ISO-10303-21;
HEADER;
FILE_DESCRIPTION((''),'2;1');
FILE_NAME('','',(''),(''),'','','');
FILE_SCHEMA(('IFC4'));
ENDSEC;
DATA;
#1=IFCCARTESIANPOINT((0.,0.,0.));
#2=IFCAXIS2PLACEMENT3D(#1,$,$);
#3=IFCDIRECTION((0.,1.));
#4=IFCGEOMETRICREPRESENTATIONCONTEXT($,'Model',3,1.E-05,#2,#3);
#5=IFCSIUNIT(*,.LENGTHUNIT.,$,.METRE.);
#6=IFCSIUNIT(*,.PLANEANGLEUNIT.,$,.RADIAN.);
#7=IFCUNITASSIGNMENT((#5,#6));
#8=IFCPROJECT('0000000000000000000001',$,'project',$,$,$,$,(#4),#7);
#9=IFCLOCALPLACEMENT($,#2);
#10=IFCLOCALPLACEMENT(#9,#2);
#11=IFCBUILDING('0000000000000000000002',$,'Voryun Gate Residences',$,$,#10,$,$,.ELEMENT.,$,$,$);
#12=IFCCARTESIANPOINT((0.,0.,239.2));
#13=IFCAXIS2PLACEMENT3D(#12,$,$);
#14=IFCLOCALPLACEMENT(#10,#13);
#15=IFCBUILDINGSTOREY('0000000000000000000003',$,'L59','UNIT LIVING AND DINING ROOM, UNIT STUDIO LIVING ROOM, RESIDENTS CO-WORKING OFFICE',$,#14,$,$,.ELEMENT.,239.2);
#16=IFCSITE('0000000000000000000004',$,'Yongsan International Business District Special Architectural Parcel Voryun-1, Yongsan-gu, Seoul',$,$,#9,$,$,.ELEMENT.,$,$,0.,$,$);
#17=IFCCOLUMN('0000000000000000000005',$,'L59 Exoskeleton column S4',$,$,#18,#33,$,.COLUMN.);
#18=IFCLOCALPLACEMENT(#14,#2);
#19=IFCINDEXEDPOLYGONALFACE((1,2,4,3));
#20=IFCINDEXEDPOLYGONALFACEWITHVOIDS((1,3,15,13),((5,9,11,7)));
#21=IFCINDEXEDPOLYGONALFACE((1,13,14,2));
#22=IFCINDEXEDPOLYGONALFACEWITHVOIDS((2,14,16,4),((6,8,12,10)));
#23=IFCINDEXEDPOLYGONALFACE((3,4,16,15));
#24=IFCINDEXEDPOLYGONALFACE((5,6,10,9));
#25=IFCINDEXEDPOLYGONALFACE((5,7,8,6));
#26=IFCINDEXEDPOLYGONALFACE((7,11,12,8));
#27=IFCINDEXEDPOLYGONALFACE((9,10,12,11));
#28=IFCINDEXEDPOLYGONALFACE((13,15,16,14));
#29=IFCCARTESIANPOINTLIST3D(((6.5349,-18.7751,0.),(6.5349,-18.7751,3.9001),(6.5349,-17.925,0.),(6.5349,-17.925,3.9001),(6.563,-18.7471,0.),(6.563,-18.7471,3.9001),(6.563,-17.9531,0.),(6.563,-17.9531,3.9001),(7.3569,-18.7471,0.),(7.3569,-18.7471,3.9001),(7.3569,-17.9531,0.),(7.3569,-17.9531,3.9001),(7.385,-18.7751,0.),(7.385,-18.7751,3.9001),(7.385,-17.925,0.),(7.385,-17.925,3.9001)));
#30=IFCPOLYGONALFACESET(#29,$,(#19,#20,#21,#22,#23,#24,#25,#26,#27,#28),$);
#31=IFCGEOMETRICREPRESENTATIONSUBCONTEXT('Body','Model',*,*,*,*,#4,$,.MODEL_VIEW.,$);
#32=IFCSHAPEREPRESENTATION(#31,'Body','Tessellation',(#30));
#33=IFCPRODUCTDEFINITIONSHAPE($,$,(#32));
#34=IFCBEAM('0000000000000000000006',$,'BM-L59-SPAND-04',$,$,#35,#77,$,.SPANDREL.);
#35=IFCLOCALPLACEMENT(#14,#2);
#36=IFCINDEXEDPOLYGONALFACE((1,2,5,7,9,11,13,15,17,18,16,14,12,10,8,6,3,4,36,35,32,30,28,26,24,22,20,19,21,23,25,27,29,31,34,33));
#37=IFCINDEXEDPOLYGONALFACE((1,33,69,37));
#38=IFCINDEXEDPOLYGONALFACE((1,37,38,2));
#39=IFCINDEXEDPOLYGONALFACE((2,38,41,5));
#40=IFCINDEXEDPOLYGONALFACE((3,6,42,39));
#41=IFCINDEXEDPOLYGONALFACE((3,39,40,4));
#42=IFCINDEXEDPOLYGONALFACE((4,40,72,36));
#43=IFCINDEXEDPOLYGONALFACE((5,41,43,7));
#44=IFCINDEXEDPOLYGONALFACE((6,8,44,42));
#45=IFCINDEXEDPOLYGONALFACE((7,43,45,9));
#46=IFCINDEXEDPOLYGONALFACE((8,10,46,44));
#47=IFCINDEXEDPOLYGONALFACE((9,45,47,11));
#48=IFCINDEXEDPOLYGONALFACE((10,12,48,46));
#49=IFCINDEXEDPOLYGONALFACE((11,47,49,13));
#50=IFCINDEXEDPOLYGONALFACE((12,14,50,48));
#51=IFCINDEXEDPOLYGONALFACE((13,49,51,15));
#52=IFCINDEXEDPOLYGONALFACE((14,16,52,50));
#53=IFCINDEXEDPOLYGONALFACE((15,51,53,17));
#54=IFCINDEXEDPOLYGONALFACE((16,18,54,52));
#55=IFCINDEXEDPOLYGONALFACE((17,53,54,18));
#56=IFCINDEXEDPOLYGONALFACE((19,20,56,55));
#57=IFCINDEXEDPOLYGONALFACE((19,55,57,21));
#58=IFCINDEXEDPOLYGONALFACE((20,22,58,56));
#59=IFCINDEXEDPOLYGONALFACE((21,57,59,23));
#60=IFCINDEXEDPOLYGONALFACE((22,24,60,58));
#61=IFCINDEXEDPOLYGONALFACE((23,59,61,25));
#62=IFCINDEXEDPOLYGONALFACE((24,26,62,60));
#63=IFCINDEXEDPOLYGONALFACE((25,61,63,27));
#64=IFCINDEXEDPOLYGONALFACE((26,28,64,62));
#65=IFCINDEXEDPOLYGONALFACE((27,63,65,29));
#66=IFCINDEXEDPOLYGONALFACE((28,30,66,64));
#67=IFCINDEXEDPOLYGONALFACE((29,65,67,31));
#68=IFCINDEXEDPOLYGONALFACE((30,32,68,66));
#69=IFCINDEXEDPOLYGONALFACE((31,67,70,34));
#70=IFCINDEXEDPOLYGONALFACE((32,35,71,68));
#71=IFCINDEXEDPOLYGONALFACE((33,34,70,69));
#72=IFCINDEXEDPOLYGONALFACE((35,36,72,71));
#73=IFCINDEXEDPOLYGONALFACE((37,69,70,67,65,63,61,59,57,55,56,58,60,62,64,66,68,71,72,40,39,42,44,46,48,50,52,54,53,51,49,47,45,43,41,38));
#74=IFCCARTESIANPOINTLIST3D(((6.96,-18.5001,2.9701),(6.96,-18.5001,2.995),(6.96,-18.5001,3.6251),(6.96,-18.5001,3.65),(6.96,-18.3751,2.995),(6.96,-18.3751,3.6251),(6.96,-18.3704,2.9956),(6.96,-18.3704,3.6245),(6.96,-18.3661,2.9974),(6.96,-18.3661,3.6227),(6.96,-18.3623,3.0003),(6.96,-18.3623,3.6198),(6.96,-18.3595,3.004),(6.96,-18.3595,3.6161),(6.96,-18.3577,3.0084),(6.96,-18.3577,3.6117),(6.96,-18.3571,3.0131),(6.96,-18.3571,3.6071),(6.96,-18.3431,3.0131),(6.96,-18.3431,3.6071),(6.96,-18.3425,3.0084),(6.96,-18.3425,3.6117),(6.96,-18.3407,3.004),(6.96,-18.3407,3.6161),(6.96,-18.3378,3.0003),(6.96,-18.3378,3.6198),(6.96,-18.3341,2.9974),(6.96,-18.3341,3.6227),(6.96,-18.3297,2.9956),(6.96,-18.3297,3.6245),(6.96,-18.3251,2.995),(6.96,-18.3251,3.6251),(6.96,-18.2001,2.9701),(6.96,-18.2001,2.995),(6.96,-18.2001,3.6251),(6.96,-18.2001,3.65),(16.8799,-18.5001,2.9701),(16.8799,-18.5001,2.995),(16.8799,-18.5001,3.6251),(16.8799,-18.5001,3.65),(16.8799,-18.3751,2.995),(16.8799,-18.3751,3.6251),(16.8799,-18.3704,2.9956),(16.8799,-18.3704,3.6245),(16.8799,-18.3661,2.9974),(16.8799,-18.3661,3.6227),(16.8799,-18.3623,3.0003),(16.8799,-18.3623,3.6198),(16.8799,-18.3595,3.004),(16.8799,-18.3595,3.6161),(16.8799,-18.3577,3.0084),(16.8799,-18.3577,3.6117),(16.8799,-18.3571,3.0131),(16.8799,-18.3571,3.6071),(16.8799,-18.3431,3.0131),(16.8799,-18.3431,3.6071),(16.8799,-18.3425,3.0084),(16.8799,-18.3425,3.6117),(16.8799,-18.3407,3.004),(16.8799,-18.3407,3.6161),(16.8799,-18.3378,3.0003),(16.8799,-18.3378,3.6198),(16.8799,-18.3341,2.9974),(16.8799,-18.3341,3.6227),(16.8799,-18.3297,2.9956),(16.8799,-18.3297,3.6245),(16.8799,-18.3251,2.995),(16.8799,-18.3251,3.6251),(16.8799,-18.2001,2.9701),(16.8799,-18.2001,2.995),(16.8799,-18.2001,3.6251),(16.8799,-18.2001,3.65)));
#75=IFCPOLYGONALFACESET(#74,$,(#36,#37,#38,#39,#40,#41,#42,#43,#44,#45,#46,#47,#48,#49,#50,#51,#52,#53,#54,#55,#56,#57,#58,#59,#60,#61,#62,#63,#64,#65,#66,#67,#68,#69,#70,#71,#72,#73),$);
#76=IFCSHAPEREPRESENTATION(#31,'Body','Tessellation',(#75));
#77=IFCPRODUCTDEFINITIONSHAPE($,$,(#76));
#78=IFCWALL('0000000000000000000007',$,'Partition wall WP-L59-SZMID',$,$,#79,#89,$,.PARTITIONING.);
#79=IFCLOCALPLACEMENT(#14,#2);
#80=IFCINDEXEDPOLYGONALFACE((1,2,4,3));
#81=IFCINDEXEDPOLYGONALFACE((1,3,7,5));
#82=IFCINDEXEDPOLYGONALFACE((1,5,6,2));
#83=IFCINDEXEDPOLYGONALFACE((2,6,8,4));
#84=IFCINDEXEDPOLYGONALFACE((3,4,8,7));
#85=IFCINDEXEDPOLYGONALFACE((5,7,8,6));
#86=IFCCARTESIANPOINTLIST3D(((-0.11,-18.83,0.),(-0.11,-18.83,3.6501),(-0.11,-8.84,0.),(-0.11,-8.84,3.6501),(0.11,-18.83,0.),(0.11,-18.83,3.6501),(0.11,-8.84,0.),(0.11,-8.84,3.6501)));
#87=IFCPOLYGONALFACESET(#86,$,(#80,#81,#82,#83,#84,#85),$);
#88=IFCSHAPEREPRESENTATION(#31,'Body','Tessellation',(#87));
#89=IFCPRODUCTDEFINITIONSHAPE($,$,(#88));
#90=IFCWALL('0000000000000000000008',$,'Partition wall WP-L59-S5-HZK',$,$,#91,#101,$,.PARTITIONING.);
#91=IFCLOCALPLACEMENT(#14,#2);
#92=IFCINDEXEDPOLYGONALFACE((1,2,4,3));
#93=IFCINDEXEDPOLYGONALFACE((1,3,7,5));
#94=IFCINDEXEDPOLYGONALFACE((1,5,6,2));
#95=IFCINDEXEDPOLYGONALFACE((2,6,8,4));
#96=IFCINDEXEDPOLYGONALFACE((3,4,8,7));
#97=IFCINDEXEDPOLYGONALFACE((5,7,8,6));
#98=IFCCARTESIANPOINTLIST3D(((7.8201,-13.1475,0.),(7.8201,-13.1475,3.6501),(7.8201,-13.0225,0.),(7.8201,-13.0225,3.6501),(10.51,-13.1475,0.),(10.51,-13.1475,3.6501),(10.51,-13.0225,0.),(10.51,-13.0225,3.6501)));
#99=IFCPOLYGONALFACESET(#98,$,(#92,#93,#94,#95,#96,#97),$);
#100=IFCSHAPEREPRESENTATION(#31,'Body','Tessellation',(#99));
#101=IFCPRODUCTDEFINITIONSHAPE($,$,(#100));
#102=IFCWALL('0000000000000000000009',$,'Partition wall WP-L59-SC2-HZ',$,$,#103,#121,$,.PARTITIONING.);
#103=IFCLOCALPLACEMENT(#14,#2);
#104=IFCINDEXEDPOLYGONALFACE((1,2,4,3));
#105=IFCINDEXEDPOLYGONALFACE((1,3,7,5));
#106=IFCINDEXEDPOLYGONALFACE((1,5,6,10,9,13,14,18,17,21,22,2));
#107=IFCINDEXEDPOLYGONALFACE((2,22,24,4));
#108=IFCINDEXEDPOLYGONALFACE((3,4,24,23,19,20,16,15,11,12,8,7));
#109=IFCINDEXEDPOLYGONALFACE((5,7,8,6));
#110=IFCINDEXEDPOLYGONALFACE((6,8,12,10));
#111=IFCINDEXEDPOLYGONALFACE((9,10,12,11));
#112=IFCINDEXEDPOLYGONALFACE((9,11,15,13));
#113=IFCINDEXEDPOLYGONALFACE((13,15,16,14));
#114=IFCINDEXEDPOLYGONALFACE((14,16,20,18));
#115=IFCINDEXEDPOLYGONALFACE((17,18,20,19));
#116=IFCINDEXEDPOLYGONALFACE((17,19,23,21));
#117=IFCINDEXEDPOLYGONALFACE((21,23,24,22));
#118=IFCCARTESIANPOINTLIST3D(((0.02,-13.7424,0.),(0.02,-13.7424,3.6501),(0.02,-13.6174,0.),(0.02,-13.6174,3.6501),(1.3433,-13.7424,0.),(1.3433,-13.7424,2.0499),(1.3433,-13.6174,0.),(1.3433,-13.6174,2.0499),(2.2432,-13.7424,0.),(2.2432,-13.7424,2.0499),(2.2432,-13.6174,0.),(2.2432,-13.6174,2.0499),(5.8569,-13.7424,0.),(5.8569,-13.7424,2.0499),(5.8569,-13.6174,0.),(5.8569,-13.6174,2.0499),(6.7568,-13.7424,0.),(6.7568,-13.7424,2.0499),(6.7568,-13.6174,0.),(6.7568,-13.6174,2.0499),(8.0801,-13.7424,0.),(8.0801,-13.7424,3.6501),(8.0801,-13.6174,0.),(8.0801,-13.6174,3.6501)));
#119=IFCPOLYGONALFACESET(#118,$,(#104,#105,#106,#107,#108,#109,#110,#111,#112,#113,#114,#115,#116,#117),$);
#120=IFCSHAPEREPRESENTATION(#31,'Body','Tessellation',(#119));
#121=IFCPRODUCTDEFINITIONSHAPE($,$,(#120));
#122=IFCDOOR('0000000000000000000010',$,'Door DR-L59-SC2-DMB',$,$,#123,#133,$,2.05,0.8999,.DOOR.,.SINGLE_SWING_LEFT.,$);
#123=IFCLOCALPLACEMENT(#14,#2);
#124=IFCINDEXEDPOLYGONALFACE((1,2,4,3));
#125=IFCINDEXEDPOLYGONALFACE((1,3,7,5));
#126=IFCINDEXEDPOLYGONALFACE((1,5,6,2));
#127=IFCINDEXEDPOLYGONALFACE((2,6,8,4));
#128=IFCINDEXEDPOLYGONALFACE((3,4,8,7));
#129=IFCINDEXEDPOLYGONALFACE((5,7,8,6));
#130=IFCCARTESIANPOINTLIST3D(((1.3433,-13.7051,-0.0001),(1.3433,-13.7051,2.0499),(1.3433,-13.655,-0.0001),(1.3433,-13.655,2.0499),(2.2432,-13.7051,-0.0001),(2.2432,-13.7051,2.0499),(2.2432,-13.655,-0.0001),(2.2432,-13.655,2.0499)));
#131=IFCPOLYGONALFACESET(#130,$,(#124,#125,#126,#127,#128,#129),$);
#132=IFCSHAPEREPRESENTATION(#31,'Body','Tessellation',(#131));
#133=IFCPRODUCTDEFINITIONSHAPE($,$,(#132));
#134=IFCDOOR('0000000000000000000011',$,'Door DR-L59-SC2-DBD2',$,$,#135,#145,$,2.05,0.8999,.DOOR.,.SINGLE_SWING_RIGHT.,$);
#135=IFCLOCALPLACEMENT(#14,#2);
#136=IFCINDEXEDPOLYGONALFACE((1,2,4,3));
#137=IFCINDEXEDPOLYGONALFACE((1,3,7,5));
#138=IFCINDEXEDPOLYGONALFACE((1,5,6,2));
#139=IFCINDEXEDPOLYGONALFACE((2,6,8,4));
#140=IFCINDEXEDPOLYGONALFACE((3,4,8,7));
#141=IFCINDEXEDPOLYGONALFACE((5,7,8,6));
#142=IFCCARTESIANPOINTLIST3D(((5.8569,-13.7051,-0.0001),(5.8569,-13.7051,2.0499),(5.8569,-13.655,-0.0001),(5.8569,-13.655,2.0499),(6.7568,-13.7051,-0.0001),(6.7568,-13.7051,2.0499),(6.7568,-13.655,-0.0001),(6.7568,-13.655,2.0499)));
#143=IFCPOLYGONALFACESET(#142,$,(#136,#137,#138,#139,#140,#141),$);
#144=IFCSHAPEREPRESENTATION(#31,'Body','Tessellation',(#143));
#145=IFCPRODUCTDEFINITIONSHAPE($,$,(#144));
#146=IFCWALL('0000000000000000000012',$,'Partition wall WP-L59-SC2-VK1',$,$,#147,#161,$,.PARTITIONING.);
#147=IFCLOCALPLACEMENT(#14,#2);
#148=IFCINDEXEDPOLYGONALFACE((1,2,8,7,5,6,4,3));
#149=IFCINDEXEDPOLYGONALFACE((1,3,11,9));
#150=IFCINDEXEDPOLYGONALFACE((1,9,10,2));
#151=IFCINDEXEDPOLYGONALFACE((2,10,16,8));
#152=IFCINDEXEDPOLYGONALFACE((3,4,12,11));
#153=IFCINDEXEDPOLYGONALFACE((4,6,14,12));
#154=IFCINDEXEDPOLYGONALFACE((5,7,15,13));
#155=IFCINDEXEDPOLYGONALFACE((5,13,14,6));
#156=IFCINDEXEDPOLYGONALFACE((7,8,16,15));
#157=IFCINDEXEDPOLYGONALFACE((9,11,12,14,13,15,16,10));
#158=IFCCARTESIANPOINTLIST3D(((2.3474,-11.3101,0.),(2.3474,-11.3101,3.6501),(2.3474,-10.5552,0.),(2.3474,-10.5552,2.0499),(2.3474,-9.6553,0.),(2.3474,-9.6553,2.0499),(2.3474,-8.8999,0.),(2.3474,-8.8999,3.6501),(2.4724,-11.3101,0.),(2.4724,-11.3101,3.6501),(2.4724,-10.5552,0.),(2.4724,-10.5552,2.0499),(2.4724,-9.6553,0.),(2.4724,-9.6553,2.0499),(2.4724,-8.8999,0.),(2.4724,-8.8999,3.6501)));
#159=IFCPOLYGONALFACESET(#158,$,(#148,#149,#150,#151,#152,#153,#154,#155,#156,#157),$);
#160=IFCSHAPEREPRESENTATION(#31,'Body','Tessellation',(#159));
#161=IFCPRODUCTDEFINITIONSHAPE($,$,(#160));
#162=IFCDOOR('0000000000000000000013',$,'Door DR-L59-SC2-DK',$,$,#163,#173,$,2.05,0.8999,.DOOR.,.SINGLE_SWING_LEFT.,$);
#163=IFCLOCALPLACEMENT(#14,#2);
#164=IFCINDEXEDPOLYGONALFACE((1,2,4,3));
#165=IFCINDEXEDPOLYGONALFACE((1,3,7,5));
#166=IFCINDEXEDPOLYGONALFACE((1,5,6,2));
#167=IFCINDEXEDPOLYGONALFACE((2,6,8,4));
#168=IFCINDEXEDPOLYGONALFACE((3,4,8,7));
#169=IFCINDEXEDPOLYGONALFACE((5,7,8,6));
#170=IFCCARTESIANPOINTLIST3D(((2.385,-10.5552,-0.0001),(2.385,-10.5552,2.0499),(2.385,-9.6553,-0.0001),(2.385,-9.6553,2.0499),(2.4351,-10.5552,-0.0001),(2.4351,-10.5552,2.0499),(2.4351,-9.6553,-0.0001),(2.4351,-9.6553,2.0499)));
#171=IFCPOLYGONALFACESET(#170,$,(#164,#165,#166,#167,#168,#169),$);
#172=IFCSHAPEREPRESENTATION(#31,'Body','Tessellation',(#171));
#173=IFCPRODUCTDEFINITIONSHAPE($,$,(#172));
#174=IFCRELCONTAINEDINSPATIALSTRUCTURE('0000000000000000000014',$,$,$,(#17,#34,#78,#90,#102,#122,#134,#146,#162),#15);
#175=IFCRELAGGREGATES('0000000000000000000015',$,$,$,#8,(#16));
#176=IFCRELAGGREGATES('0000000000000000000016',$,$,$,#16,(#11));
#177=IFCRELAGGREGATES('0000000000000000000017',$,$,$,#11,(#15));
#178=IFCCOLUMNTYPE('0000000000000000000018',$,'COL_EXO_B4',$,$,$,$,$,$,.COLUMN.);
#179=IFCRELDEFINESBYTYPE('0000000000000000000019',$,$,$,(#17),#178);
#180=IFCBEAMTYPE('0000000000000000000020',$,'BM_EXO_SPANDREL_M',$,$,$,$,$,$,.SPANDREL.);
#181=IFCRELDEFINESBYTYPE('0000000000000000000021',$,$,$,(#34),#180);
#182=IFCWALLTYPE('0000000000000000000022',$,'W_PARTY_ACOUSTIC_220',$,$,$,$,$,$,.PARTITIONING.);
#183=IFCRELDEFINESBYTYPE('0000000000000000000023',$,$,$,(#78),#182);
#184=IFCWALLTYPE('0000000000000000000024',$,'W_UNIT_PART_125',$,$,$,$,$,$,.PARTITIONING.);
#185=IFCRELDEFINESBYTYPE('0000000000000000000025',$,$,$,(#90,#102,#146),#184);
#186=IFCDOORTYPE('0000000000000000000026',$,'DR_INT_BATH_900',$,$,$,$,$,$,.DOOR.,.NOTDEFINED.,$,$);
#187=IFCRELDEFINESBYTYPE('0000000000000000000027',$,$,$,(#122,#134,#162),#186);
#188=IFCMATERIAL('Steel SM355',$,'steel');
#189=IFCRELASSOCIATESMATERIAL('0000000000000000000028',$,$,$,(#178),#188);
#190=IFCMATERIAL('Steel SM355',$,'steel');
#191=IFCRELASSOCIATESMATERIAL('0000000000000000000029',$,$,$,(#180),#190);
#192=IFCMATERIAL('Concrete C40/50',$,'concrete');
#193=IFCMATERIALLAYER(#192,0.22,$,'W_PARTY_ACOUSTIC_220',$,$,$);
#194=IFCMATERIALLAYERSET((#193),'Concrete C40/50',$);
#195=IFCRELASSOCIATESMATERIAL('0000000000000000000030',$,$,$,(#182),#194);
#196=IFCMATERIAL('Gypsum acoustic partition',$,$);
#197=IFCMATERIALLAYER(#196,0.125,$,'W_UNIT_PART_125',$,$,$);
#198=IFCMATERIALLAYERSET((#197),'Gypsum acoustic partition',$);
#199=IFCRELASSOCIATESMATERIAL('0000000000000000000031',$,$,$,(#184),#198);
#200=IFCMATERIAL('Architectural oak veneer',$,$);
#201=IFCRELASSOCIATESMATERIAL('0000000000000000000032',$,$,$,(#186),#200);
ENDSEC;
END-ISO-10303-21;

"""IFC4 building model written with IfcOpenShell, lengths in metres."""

from ifc_helpers import new_model, si_unit, direction, frame, frame_2d, origin, origin_2d, place, context, subcontext, project, spatial, rectangle, hollow_rectangle, i_section, extrude, material, layer, layer_set, material_profile, profile_set, type_object, element, fill, save


model = new_model("IFC4")

# Units and contexts
model_context = context("Model", 3, precision=1e-05, world=origin(), true_north=direction((0.0, 1.0)))
body_context = subcontext(model_context, "Body", "Model", "MODEL_VIEW")
ifc_project = project(units=[si_unit("LENGTHUNIT", "METRE"), si_unit("PLANEANGLEUNIT", "RADIAN")], contexts=[model_context])

# Site, building, storey
site_placement = place(None, origin())
site = spatial("IfcSite", under=ifc_project, at=site_placement, Name="Yongsan International Business District Special Architectural Parcel Voryun-1, Yongsan-gu, Seoul", CompositionType="ELEMENT", RefElevation=0.0)
building_placement = place(site_placement, origin())
building = spatial("IfcBuilding", under=site, at=building_placement, Name="Voryun Gate Residences", CompositionType="ELEMENT")
storey_placement = place(building_placement, frame((0.0, 0.0, 239.2)))
storey = spatial("IfcBuildingStorey", under=building, at=storey_placement, Name="L59", Description="UNIT LIVING AND DINING ROOM, UNIT STUDIO LIVING ROOM, RESIDENTS CO-WORKING OFFICE", CompositionType="ELEMENT", Elevation=239.2)

# Column
ifc_material_1 = material(Name="Steel SM355", Category="steel")
ifc_material_profile_1 = material_profile(ifc_material_1, hollow_rectangle(XDim=0.8501, YDim=0.8501, WallThickness=0.0281, at=origin_2d()), Name="BOX-850x850x28")
ifc_profile_set_1 = profile_set([ifc_material_profile_1], Name="Steel SM355")
column_type = type_object("IfcColumnType", Name="COL_EXO_B4", PredefinedType="COLUMN", material=ifc_profile_set_1)
column_placement = place(storey_placement, frame((6.96, -18.3501, 0.0), z_axis=(0.0, 0.0, 1.0), x_axis=(1.0, 0.0, 0.0)))
element("IfcColumn", 1, at=column_placement, inside=storey, type_object=column_type, Name="L59 Exoskeleton column S4", PredefinedType="COLUMN", context=body_context, shape_type="SweptSolid", body=[
    extrude(hollow_rectangle(XDim=0.8501, YDim=0.8501, WallThickness=0.0281, at=origin_2d()), origin(), (0.0, 0.0, 1.0), 3.9001),
])

# Beam
ifc_material_2 = material(Name="Steel SM355", Category="steel")
ifc_material_profile_2 = material_profile(ifc_material_2, i_section(OverallWidth=0.3, OverallDepth=0.6799, WebThickness=0.0139, FlangeThickness=0.0249, FilletRadius=0.0181, at=origin_2d()), Name="H-680x300x14x25")
ifc_profile_set_2 = profile_set([ifc_material_profile_2], Name="Steel SM355")
beam_type = type_object("IfcBeamType", Name="BM_EXO_SPANDREL_M", PredefinedType="SPANDREL", material=ifc_profile_set_2)
beam_placement = place(storey_placement, frame((6.96, -18.3501, 3.3101), z_axis=(1.0, 0.0, 0.0), x_axis=(0.0, 1.0, 0.0)))
element("IfcBeam", 2, at=beam_placement, inside=storey, type_object=beam_type, Name="BM-L59-SPAND-04", PredefinedType="SPANDREL", context=body_context, shape_type="SweptSolid", body=[
    extrude(i_section(OverallWidth=0.3, OverallDepth=0.6799, WebThickness=0.0139, FlangeThickness=0.0249, FilletRadius=0.0181, at=origin_2d()), origin(), (0.0, 0.0, 1.0), 9.9199),
])

# Walls
ifc_material_3 = material(Name="Concrete C40/50", Category="concrete")
ifc_layer_1 = layer(ifc_material_3, 0.22, Name="W_PARTY_ACOUSTIC_220")
ifc_layer_set_1 = layer_set([ifc_layer_1], Name="Concrete C40/50")
wall_type_1 = type_object("IfcWallType", Name="W_PARTY_ACOUSTIC_220", PredefinedType="PARTITIONING", material=ifc_layer_set_1)
wall_1_placement = place(storey_placement, frame((0.0, -18.8301, 0.0), z_axis=(0.0, 0.0, 1.0), x_axis=(0.0, 1.0, 0.0)))
element("IfcWall", 3, at=wall_1_placement, inside=storey, type_object=wall_type_1, Name="Partition wall WP-L59-SZMID", PredefinedType="PARTITIONING", context=body_context, shape_type="SweptSolid", body=[
    extrude(rectangle(XDim=9.99, YDim=0.22, at=frame_2d((4.9951, 0.0))), origin(), (0.0, 0.0, 1.0), 3.6501),
])
ifc_material_4 = material(Name="Gypsum acoustic partition")
ifc_layer_2 = layer(ifc_material_4, 0.125, Name="W_UNIT_PART_125")
ifc_layer_set_2 = layer_set([ifc_layer_2], Name="Gypsum acoustic partition")
wall_type_2 = type_object("IfcWallType", Name="W_UNIT_PART_125", PredefinedType="PARTITIONING", material=ifc_layer_set_2)
wall_2_placement = place(storey_placement, frame((7.8201, -13.085, 0.0), z_axis=(0.0, 0.0, 1.0), x_axis=(1.0, 0.0, 0.0)))
element("IfcWall", 4, at=wall_2_placement, inside=storey, type_object=wall_type_2, Name="Partition wall WP-L59-S5-HZK", PredefinedType="PARTITIONING", context=body_context, shape_type="SweptSolid", body=[
    extrude(rectangle(XDim=2.6899, YDim=0.125, at=frame_2d((1.345, 0.0))), origin(), (0.0, 0.0, 1.0), 3.6501),
])

# Wall, openings, doors
wall_3_placement = place(storey_placement, frame((0.02, -13.6799, 0.0), z_axis=(0.0, 0.0, 1.0), x_axis=(1.0, 0.0, 0.0)))
wall_3 = element("IfcWall", 5, at=wall_3_placement, inside=storey, type_object=wall_type_2, Name="Partition wall WP-L59-SC2-HZ", PredefinedType="PARTITIONING", context=body_context, shape_type="SweptSolid", body=[
    extrude(rectangle(XDim=8.0601, YDim=0.125, at=frame_2d((4.03, 0.0))), origin(), (0.0, 0.0, 1.0), 3.6501),
])
opening_1_placement = place(wall_3_placement, frame((1.3232, 0.0, 0.0)))
opening_1 = element("IfcOpeningElement", 6, at=opening_1_placement, cuts=wall_3, PredefinedType="OPENING", context=body_context, shape_type="SweptSolid", body=[
    extrude(rectangle(XDim=0.8999, YDim=2.05, at=frame_2d((0.45, 1.0249))), frame((0.0, 0.0725, 0.0), z_axis=(0.0, -1.0, 0.0), x_axis=(1.0, 0.0, 0.0)), (0.0, 0.0, 1.0), 0.145),
])
opening_2_placement = place(wall_3_placement, frame((5.8369, 0.0, 0.0)))
opening_2 = element("IfcOpeningElement", 7, at=opening_2_placement, cuts=wall_3, PredefinedType="OPENING", context=body_context, shape_type="SweptSolid", body=[
    extrude(rectangle(XDim=0.8999, YDim=2.05, at=frame_2d((0.45, 1.0249))), frame((0.0, 0.0725, 0.0), z_axis=(0.0, -1.0, 0.0), x_axis=(1.0, 0.0, 0.0)), (0.0, 0.0, 1.0), 0.145),
])
ifc_material_5 = material(Name="Architectural oak veneer")
door_type = type_object("IfcDoorType", Name="DR_INT_BATH_900", OperationType="NOTDEFINED", PredefinedType="DOOR", material=ifc_material_5)
door_1_placement = place(opening_1_placement, origin())
door_1 = element("IfcDoor", 8, at=door_1_placement, inside=storey, type_object=door_type, Name="Door DR-L59-SC2-DMB", OperationType="SINGLE_SWING_LEFT", OverallHeight=2.05, OverallWidth=0.8999, PredefinedType="DOOR", context=body_context, shape_type="SweptSolid", body=[
    extrude(rectangle(XDim=0.8999, YDim=2.05, at=frame_2d((0.45, 1.0249))), frame((0.0, 0.0249, 0.0), z_axis=(0.0, -1.0, 0.0), x_axis=(1.0, 0.0, 0.0)), (0.0, 0.0, 1.0), 0.05),
])
fill(opening_1, door_1)
door_2_placement = place(opening_2_placement, origin())
door_2 = element("IfcDoor", 9, at=door_2_placement, inside=storey, type_object=door_type, Name="Door DR-L59-SC2-DBD2", OperationType="SINGLE_SWING_RIGHT", OverallHeight=2.05, OverallWidth=0.8999, PredefinedType="DOOR", context=body_context, shape_type="SweptSolid", body=[
    extrude(rectangle(XDim=0.8999, YDim=2.05, at=frame_2d((0.45, 1.0249))), frame((0.0, 0.0249, 0.0), z_axis=(0.0, -1.0, 0.0), x_axis=(1.0, 0.0, 0.0)), (0.0, 0.0, 1.0), 0.05),
])
fill(opening_2, door_2)

# Wall, opening, door
wall_4_placement = place(storey_placement, frame((2.4099, -11.3101, 0.0), z_axis=(0.0, 0.0, 1.0), x_axis=(0.0, 1.0, 0.0)))
wall_4 = element("IfcWall", 10, at=wall_4_placement, inside=storey, type_object=wall_type_2, Name="Partition wall WP-L59-SC2-VK1", PredefinedType="PARTITIONING", context=body_context, shape_type="SweptSolid", body=[
    extrude(rectangle(XDim=2.4102, YDim=0.125, at=frame_2d((1.2051, 0.0))), origin(), (0.0, 0.0, 1.0), 3.6501),
])
opening_3_placement = place(wall_4_placement, frame((0.7549, 0.0, 0.0)))
opening_3 = element("IfcOpeningElement", 11, at=opening_3_placement, cuts=wall_4, PredefinedType="OPENING", context=body_context, shape_type="SweptSolid", body=[
    extrude(rectangle(XDim=0.8999, YDim=2.05, at=frame_2d((0.45, 1.0249))), frame((0.0, 0.0725, 0.0), z_axis=(0.0, -1.0, 0.0), x_axis=(1.0, 0.0, 0.0)), (0.0, 0.0, 1.0), 0.145),
])
door_3_placement = place(opening_3_placement, origin())
door_3 = element("IfcDoor", 12, at=door_3_placement, inside=storey, type_object=door_type, Name="Door DR-L59-SC2-DK", OperationType="SINGLE_SWING_LEFT", OverallHeight=2.05, OverallWidth=0.8999, PredefinedType="DOOR", context=body_context, shape_type="SweptSolid", body=[
    extrude(rectangle(XDim=0.8999, YDim=2.05, at=frame_2d((0.45, 1.0249))), frame((0.0, 0.0249, 0.0), z_axis=(0.0, -1.0, 0.0), x_axis=(1.0, 0.0, 0.0)), (0.0, 0.0, 1.0), 0.05),
])
fill(opening_3, door_3)

save(model, "model.ifc")
